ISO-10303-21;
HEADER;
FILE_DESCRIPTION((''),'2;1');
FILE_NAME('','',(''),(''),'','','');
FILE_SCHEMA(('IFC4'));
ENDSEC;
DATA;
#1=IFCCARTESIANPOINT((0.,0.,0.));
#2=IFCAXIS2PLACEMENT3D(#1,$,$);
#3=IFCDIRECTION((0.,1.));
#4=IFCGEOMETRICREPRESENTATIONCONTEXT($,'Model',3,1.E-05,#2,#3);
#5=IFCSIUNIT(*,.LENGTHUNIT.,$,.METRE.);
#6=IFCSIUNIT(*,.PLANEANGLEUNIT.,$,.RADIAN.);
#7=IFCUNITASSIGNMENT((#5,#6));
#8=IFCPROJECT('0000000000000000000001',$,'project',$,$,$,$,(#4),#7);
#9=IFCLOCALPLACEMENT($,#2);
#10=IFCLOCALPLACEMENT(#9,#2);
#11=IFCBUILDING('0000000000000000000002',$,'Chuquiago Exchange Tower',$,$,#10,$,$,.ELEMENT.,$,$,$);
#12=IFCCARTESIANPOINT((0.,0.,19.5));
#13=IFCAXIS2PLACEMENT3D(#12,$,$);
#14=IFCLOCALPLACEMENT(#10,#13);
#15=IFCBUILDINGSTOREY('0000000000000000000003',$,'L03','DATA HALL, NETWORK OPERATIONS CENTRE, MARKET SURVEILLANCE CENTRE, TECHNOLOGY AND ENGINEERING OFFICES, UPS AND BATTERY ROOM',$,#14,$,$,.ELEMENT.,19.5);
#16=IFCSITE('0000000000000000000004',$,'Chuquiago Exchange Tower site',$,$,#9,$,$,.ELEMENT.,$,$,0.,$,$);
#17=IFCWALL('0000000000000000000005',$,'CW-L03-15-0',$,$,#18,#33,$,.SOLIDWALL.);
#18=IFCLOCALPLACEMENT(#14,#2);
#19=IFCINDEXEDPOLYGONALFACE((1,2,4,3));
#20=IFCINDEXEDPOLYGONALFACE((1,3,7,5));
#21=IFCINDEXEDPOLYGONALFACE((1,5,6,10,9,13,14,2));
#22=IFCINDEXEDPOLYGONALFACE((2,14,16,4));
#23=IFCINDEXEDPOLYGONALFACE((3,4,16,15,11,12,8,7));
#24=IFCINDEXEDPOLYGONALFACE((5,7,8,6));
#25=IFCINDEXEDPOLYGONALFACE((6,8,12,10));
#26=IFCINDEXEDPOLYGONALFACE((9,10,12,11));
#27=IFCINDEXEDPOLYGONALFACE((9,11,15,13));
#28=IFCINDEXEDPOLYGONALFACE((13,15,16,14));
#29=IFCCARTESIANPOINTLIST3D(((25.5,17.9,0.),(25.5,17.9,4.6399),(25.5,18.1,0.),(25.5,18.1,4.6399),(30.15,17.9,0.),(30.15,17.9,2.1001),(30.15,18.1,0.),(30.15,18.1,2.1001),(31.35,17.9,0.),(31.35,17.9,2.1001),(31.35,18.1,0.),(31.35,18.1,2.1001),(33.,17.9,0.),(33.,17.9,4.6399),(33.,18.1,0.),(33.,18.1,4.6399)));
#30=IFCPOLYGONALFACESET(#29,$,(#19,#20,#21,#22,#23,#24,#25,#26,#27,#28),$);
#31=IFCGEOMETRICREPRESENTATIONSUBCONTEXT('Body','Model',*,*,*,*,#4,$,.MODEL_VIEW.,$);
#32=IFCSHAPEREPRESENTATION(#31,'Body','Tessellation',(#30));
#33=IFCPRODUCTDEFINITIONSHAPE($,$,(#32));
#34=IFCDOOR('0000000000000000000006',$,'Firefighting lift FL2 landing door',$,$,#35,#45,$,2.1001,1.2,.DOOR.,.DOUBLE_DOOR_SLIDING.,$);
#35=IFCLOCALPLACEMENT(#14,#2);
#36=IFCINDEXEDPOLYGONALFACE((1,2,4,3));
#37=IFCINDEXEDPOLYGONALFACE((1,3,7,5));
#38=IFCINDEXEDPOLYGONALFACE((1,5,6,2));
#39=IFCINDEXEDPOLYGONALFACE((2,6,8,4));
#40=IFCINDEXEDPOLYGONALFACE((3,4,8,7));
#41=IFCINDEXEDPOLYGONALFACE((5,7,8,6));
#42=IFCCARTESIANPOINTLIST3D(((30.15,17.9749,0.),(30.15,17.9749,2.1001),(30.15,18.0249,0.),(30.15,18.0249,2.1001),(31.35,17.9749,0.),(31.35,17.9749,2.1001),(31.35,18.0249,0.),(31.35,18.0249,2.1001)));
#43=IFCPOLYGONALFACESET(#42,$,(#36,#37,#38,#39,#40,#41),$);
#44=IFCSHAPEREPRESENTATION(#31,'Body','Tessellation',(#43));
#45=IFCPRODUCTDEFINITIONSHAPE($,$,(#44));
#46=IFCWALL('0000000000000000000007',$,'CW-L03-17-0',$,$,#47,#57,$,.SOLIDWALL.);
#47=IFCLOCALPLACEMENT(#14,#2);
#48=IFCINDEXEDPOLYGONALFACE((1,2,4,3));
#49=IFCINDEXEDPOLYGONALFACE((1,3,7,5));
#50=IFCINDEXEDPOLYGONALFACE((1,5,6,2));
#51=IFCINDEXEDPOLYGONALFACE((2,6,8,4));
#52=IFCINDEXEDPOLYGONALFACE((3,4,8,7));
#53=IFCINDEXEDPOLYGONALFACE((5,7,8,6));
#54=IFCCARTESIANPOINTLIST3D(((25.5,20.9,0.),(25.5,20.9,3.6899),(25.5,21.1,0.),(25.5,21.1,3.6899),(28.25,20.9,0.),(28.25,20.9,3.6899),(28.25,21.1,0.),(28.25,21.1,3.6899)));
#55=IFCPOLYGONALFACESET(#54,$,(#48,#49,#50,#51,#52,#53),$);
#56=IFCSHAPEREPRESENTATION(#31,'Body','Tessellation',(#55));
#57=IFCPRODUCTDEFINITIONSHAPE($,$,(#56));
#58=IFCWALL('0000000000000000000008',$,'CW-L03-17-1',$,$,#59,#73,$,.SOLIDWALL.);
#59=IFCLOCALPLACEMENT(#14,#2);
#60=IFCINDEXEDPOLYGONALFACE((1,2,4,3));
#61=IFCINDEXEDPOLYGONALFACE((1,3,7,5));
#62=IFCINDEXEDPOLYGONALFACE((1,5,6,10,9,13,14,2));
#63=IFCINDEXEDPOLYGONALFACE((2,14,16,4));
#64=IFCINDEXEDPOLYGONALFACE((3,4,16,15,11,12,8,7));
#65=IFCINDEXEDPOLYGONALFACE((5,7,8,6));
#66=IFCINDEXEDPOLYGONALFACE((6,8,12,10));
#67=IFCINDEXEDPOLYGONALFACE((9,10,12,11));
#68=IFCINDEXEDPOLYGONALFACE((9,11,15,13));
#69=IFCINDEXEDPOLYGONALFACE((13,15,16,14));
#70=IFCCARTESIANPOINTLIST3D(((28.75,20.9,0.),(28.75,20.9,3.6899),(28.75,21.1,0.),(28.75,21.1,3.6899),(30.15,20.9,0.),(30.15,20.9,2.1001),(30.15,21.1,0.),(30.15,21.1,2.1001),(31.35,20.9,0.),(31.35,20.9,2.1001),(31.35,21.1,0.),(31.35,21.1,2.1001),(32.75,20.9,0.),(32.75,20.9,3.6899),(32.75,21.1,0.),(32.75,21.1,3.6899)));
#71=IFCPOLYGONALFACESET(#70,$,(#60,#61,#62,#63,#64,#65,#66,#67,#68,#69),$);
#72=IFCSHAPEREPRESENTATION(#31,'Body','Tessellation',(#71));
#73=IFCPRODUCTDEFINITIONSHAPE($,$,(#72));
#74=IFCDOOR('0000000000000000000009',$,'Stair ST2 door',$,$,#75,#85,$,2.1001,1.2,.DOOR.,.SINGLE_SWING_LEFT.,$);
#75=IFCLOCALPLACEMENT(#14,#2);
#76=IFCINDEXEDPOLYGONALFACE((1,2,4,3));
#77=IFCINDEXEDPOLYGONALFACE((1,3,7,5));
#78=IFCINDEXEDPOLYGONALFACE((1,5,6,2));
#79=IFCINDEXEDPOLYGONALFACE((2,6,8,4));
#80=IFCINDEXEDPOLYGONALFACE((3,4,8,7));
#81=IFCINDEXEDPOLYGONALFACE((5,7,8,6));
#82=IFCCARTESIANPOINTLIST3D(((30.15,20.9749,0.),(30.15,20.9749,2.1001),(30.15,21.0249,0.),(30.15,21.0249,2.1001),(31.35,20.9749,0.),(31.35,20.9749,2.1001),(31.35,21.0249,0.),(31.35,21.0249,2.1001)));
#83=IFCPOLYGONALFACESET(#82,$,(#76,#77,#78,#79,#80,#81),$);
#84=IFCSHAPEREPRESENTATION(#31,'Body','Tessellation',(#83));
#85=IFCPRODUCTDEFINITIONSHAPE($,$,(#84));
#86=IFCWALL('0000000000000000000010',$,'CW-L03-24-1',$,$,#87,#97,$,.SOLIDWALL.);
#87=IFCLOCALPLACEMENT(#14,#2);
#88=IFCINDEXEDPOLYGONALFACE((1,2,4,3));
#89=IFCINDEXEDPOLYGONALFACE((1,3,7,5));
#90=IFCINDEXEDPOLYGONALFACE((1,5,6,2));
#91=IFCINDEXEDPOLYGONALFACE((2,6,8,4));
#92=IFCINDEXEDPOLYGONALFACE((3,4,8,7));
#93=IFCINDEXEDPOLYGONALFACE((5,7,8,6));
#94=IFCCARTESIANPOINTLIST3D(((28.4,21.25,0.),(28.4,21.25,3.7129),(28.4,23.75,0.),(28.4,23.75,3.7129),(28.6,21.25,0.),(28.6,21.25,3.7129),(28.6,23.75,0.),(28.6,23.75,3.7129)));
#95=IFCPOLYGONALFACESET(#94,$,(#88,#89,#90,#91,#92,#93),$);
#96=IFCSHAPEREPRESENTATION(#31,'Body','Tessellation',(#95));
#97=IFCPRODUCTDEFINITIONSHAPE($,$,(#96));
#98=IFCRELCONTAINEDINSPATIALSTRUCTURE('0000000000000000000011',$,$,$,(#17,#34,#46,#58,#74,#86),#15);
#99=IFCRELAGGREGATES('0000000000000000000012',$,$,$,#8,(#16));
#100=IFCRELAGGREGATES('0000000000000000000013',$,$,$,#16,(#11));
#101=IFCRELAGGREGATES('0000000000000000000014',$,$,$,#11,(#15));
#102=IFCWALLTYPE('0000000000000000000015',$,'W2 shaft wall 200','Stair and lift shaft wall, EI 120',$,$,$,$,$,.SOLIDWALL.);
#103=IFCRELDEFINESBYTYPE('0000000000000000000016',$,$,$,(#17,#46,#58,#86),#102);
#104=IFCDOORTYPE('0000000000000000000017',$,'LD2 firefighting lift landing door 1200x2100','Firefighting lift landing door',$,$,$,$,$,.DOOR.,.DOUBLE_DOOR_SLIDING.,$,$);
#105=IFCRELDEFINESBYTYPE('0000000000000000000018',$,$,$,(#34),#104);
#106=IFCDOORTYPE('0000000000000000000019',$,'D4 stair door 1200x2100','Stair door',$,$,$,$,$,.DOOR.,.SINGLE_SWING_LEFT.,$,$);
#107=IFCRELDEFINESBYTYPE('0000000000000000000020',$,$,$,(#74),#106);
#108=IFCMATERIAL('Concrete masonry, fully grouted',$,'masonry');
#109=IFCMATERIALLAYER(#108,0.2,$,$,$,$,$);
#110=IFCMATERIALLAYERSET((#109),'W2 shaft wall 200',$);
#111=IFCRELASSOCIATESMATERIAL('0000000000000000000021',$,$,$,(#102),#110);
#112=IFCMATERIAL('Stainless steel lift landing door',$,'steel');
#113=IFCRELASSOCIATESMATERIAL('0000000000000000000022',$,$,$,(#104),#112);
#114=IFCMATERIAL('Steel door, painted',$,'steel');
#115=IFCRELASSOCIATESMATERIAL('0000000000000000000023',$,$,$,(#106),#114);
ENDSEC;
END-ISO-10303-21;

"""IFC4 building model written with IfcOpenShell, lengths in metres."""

from ifc_helpers import new_model, si_unit, direction, frame, frame_2d, origin, place, context, subcontext, project, spatial, rectangle, extrude, material, layer, layer_set, type_object, element, fill, save


model = new_model("IFC4")

# Units and contexts
model_context = context("Model", 3, precision=1e-05, world=origin(), true_north=direction((0.0, 1.0)))
body_context = subcontext(model_context, "Body", "Model", "MODEL_VIEW")
ifc_project = project(units=[si_unit("LENGTHUNIT", "METRE"), si_unit("PLANEANGLEUNIT", "RADIAN")], contexts=[model_context])

# Site, building, storey
site_placement = place(None, origin())
site = spatial("IfcSite", under=ifc_project, at=site_placement, Name="Chuquiago Exchange Tower site", CompositionType="ELEMENT", RefElevation=0.0)
building_placement = place(site_placement, origin())
building = spatial("IfcBuilding", under=site, at=building_placement, Name="Chuquiago Exchange Tower", CompositionType="ELEMENT")
storey_placement = place(building_placement, frame((0.0, 0.0, 19.5)))
storey = spatial("IfcBuildingStorey", under=building, at=storey_placement, Name="L03", Description="DATA HALL, NETWORK OPERATIONS CENTRE, MARKET SURVEILLANCE CENTRE, TECHNOLOGY AND ENGINEERING OFFICES, UPS AND BATTERY ROOM", CompositionType="ELEMENT", Elevation=19.5)

# Shared definitions
ifc_material_1 = material(Name="Concrete masonry, fully grouted", Category="masonry")
ifc_layer_1 = layer(ifc_material_1, 0.2)
ifc_layer_set_1 = layer_set([ifc_layer_1], Name="W2 shaft wall 200")
wall_type_1 = type_object("IfcWallType", Name="W2 shaft wall 200", Description="Stair and lift shaft wall, EI 120", PredefinedType="SOLIDWALL", material=ifc_layer_set_1)

# Wall, opening, door
wall_1_placement = place(storey_placement, frame((25.5, 18.0, 0.0), z_axis=(0.0, 0.0, 1.0), x_axis=(1.0, 0.0, 0.0)))
wall_1 = element("IfcWall", 1, at=wall_1_placement, inside=storey, type_object=wall_type_1, Name="CW-L03-15-0", PredefinedType="SOLIDWALL", context=body_context, shape_type="SweptSolid", body=[
    extrude(rectangle(XDim=7.5, YDim=0.2, at=frame_2d((3.75, 0.0))), origin(), (0.0, 0.0, 1.0), 4.6399),
])
opening_1_placement = place(wall_1_placement, frame((4.6499, 0.0, 0.0)))
opening_1 = element("IfcOpeningElement", 2, at=opening_1_placement, cuts=wall_1, PredefinedType="OPENING", context=body_context, shape_type="SweptSolid", body=[
    extrude(rectangle(XDim=1.2, YDim=2.1001, at=frame_2d((0.6001, 1.05))), frame((0.0, 0.1099, 0.0), z_axis=(0.0, -1.0, 0.0), x_axis=(1.0, 0.0, 0.0)), (0.0, 0.0, 1.0), 0.22),
])
ifc_material_2 = material(Name="Stainless steel lift landing door", Category="steel")
door_type_1 = type_object("IfcDoorType", Name="LD2 firefighting lift landing door 1200x2100", Description="Firefighting lift landing door", OperationType="DOUBLE_DOOR_SLIDING", PredefinedType="DOOR", material=ifc_material_2)
door_1_placement = place(opening_1_placement, origin())
door_1 = element("IfcDoor", 3, at=door_1_placement, inside=storey, type_object=door_type_1, Name="Firefighting lift FL2 landing door", OperationType="DOUBLE_DOOR_SLIDING", OverallHeight=2.1001, OverallWidth=1.2, PredefinedType="DOOR", context=body_context, shape_type="SweptSolid", body=[
    extrude(rectangle(XDim=1.2, YDim=2.1001, at=frame_2d((0.6001, 1.05))), frame((0.0, 0.0249, 0.0), z_axis=(0.0, -1.0, 0.0), x_axis=(1.0, 0.0, 0.0)), (0.0, 0.0, 1.0), 0.05),
])
fill(opening_1, door_1)

# Wall
wall_2_placement = place(storey_placement, frame((25.5, 21.0, 0.0), z_axis=(0.0, 0.0, 1.0), x_axis=(1.0, 0.0, 0.0)))
element("IfcWall", 4, at=wall_2_placement, inside=storey, type_object=wall_type_1, Name="CW-L03-17-0", PredefinedType="SOLIDWALL", context=body_context, shape_type="SweptSolid", body=[
    extrude(rectangle(XDim=2.75, YDim=0.2, at=frame_2d((1.375, 0.0))), origin(), (0.0, 0.0, 1.0), 3.6899),
])

# Wall, opening, door
wall_3_placement = place(storey_placement, frame((28.75, 21.0, 0.0), z_axis=(0.0, 0.0, 1.0), x_axis=(1.0, 0.0, 0.0)))
wall_3 = element("IfcWall", 5, at=wall_3_placement, inside=storey, type_object=wall_type_1, Name="CW-L03-17-1", PredefinedType="SOLIDWALL", context=body_context, shape_type="SweptSolid", body=[
    extrude(rectangle(XDim=4.0, YDim=0.2, at=frame_2d((2.0, 0.0))), origin(), (0.0, 0.0, 1.0), 3.6899),
])
opening_2_placement = place(wall_3_placement, frame((1.3999, 0.0, 0.0)))
opening_2 = element("IfcOpeningElement", 6, at=opening_2_placement, cuts=wall_3, PredefinedType="OPENING", context=body_context, shape_type="SweptSolid", body=[
    extrude(rectangle(XDim=1.2, YDim=2.1001, at=frame_2d((0.6001, 1.05))), frame((0.0, 0.1099, 0.0), z_axis=(0.0, -1.0, 0.0), x_axis=(1.0, 0.0, 0.0)), (0.0, 0.0, 1.0), 0.22),
])
ifc_material_3 = material(Name="Steel door, painted", Category="steel")
door_type_2 = type_object("IfcDoorType", Name="D4 stair door 1200x2100", Description="Stair door", OperationType="SINGLE_SWING_LEFT", PredefinedType="DOOR", material=ifc_material_3)
door_2_placement = place(opening_2_placement, origin())
door_2 = element("IfcDoor", 7, at=door_2_placement, inside=storey, type_object=door_type_2, Name="Stair ST2 door", OperationType="SINGLE_SWING_LEFT", OverallHeight=2.1001, OverallWidth=1.2, PredefinedType="DOOR", context=body_context, shape_type="SweptSolid", body=[
    extrude(rectangle(XDim=1.2, YDim=2.1001, at=frame_2d((0.6001, 1.05))), frame((0.0, 0.0249, 0.0), z_axis=(0.0, -1.0, 0.0), x_axis=(1.0, 0.0, 0.0)), (0.0, 0.0, 1.0), 0.05),
])
fill(opening_2, door_2)

# Wall
wall_4_placement = place(storey_placement, frame((28.5, 21.25, 0.0), z_axis=(0.0, 0.0, 1.0), x_axis=(0.0, 1.0, 0.0)))
element("IfcWall", 8, at=wall_4_placement, inside=storey, type_object=wall_type_1, Name="CW-L03-24-1", PredefinedType="SOLIDWALL", context=body_context, shape_type="SweptSolid", body=[
    extrude(rectangle(XDim=2.5, YDim=0.2, at=frame_2d((1.25, 0.0))), origin(), (0.0, 0.0, 1.0), 3.7129),
])

save(model, "model.ifc")
